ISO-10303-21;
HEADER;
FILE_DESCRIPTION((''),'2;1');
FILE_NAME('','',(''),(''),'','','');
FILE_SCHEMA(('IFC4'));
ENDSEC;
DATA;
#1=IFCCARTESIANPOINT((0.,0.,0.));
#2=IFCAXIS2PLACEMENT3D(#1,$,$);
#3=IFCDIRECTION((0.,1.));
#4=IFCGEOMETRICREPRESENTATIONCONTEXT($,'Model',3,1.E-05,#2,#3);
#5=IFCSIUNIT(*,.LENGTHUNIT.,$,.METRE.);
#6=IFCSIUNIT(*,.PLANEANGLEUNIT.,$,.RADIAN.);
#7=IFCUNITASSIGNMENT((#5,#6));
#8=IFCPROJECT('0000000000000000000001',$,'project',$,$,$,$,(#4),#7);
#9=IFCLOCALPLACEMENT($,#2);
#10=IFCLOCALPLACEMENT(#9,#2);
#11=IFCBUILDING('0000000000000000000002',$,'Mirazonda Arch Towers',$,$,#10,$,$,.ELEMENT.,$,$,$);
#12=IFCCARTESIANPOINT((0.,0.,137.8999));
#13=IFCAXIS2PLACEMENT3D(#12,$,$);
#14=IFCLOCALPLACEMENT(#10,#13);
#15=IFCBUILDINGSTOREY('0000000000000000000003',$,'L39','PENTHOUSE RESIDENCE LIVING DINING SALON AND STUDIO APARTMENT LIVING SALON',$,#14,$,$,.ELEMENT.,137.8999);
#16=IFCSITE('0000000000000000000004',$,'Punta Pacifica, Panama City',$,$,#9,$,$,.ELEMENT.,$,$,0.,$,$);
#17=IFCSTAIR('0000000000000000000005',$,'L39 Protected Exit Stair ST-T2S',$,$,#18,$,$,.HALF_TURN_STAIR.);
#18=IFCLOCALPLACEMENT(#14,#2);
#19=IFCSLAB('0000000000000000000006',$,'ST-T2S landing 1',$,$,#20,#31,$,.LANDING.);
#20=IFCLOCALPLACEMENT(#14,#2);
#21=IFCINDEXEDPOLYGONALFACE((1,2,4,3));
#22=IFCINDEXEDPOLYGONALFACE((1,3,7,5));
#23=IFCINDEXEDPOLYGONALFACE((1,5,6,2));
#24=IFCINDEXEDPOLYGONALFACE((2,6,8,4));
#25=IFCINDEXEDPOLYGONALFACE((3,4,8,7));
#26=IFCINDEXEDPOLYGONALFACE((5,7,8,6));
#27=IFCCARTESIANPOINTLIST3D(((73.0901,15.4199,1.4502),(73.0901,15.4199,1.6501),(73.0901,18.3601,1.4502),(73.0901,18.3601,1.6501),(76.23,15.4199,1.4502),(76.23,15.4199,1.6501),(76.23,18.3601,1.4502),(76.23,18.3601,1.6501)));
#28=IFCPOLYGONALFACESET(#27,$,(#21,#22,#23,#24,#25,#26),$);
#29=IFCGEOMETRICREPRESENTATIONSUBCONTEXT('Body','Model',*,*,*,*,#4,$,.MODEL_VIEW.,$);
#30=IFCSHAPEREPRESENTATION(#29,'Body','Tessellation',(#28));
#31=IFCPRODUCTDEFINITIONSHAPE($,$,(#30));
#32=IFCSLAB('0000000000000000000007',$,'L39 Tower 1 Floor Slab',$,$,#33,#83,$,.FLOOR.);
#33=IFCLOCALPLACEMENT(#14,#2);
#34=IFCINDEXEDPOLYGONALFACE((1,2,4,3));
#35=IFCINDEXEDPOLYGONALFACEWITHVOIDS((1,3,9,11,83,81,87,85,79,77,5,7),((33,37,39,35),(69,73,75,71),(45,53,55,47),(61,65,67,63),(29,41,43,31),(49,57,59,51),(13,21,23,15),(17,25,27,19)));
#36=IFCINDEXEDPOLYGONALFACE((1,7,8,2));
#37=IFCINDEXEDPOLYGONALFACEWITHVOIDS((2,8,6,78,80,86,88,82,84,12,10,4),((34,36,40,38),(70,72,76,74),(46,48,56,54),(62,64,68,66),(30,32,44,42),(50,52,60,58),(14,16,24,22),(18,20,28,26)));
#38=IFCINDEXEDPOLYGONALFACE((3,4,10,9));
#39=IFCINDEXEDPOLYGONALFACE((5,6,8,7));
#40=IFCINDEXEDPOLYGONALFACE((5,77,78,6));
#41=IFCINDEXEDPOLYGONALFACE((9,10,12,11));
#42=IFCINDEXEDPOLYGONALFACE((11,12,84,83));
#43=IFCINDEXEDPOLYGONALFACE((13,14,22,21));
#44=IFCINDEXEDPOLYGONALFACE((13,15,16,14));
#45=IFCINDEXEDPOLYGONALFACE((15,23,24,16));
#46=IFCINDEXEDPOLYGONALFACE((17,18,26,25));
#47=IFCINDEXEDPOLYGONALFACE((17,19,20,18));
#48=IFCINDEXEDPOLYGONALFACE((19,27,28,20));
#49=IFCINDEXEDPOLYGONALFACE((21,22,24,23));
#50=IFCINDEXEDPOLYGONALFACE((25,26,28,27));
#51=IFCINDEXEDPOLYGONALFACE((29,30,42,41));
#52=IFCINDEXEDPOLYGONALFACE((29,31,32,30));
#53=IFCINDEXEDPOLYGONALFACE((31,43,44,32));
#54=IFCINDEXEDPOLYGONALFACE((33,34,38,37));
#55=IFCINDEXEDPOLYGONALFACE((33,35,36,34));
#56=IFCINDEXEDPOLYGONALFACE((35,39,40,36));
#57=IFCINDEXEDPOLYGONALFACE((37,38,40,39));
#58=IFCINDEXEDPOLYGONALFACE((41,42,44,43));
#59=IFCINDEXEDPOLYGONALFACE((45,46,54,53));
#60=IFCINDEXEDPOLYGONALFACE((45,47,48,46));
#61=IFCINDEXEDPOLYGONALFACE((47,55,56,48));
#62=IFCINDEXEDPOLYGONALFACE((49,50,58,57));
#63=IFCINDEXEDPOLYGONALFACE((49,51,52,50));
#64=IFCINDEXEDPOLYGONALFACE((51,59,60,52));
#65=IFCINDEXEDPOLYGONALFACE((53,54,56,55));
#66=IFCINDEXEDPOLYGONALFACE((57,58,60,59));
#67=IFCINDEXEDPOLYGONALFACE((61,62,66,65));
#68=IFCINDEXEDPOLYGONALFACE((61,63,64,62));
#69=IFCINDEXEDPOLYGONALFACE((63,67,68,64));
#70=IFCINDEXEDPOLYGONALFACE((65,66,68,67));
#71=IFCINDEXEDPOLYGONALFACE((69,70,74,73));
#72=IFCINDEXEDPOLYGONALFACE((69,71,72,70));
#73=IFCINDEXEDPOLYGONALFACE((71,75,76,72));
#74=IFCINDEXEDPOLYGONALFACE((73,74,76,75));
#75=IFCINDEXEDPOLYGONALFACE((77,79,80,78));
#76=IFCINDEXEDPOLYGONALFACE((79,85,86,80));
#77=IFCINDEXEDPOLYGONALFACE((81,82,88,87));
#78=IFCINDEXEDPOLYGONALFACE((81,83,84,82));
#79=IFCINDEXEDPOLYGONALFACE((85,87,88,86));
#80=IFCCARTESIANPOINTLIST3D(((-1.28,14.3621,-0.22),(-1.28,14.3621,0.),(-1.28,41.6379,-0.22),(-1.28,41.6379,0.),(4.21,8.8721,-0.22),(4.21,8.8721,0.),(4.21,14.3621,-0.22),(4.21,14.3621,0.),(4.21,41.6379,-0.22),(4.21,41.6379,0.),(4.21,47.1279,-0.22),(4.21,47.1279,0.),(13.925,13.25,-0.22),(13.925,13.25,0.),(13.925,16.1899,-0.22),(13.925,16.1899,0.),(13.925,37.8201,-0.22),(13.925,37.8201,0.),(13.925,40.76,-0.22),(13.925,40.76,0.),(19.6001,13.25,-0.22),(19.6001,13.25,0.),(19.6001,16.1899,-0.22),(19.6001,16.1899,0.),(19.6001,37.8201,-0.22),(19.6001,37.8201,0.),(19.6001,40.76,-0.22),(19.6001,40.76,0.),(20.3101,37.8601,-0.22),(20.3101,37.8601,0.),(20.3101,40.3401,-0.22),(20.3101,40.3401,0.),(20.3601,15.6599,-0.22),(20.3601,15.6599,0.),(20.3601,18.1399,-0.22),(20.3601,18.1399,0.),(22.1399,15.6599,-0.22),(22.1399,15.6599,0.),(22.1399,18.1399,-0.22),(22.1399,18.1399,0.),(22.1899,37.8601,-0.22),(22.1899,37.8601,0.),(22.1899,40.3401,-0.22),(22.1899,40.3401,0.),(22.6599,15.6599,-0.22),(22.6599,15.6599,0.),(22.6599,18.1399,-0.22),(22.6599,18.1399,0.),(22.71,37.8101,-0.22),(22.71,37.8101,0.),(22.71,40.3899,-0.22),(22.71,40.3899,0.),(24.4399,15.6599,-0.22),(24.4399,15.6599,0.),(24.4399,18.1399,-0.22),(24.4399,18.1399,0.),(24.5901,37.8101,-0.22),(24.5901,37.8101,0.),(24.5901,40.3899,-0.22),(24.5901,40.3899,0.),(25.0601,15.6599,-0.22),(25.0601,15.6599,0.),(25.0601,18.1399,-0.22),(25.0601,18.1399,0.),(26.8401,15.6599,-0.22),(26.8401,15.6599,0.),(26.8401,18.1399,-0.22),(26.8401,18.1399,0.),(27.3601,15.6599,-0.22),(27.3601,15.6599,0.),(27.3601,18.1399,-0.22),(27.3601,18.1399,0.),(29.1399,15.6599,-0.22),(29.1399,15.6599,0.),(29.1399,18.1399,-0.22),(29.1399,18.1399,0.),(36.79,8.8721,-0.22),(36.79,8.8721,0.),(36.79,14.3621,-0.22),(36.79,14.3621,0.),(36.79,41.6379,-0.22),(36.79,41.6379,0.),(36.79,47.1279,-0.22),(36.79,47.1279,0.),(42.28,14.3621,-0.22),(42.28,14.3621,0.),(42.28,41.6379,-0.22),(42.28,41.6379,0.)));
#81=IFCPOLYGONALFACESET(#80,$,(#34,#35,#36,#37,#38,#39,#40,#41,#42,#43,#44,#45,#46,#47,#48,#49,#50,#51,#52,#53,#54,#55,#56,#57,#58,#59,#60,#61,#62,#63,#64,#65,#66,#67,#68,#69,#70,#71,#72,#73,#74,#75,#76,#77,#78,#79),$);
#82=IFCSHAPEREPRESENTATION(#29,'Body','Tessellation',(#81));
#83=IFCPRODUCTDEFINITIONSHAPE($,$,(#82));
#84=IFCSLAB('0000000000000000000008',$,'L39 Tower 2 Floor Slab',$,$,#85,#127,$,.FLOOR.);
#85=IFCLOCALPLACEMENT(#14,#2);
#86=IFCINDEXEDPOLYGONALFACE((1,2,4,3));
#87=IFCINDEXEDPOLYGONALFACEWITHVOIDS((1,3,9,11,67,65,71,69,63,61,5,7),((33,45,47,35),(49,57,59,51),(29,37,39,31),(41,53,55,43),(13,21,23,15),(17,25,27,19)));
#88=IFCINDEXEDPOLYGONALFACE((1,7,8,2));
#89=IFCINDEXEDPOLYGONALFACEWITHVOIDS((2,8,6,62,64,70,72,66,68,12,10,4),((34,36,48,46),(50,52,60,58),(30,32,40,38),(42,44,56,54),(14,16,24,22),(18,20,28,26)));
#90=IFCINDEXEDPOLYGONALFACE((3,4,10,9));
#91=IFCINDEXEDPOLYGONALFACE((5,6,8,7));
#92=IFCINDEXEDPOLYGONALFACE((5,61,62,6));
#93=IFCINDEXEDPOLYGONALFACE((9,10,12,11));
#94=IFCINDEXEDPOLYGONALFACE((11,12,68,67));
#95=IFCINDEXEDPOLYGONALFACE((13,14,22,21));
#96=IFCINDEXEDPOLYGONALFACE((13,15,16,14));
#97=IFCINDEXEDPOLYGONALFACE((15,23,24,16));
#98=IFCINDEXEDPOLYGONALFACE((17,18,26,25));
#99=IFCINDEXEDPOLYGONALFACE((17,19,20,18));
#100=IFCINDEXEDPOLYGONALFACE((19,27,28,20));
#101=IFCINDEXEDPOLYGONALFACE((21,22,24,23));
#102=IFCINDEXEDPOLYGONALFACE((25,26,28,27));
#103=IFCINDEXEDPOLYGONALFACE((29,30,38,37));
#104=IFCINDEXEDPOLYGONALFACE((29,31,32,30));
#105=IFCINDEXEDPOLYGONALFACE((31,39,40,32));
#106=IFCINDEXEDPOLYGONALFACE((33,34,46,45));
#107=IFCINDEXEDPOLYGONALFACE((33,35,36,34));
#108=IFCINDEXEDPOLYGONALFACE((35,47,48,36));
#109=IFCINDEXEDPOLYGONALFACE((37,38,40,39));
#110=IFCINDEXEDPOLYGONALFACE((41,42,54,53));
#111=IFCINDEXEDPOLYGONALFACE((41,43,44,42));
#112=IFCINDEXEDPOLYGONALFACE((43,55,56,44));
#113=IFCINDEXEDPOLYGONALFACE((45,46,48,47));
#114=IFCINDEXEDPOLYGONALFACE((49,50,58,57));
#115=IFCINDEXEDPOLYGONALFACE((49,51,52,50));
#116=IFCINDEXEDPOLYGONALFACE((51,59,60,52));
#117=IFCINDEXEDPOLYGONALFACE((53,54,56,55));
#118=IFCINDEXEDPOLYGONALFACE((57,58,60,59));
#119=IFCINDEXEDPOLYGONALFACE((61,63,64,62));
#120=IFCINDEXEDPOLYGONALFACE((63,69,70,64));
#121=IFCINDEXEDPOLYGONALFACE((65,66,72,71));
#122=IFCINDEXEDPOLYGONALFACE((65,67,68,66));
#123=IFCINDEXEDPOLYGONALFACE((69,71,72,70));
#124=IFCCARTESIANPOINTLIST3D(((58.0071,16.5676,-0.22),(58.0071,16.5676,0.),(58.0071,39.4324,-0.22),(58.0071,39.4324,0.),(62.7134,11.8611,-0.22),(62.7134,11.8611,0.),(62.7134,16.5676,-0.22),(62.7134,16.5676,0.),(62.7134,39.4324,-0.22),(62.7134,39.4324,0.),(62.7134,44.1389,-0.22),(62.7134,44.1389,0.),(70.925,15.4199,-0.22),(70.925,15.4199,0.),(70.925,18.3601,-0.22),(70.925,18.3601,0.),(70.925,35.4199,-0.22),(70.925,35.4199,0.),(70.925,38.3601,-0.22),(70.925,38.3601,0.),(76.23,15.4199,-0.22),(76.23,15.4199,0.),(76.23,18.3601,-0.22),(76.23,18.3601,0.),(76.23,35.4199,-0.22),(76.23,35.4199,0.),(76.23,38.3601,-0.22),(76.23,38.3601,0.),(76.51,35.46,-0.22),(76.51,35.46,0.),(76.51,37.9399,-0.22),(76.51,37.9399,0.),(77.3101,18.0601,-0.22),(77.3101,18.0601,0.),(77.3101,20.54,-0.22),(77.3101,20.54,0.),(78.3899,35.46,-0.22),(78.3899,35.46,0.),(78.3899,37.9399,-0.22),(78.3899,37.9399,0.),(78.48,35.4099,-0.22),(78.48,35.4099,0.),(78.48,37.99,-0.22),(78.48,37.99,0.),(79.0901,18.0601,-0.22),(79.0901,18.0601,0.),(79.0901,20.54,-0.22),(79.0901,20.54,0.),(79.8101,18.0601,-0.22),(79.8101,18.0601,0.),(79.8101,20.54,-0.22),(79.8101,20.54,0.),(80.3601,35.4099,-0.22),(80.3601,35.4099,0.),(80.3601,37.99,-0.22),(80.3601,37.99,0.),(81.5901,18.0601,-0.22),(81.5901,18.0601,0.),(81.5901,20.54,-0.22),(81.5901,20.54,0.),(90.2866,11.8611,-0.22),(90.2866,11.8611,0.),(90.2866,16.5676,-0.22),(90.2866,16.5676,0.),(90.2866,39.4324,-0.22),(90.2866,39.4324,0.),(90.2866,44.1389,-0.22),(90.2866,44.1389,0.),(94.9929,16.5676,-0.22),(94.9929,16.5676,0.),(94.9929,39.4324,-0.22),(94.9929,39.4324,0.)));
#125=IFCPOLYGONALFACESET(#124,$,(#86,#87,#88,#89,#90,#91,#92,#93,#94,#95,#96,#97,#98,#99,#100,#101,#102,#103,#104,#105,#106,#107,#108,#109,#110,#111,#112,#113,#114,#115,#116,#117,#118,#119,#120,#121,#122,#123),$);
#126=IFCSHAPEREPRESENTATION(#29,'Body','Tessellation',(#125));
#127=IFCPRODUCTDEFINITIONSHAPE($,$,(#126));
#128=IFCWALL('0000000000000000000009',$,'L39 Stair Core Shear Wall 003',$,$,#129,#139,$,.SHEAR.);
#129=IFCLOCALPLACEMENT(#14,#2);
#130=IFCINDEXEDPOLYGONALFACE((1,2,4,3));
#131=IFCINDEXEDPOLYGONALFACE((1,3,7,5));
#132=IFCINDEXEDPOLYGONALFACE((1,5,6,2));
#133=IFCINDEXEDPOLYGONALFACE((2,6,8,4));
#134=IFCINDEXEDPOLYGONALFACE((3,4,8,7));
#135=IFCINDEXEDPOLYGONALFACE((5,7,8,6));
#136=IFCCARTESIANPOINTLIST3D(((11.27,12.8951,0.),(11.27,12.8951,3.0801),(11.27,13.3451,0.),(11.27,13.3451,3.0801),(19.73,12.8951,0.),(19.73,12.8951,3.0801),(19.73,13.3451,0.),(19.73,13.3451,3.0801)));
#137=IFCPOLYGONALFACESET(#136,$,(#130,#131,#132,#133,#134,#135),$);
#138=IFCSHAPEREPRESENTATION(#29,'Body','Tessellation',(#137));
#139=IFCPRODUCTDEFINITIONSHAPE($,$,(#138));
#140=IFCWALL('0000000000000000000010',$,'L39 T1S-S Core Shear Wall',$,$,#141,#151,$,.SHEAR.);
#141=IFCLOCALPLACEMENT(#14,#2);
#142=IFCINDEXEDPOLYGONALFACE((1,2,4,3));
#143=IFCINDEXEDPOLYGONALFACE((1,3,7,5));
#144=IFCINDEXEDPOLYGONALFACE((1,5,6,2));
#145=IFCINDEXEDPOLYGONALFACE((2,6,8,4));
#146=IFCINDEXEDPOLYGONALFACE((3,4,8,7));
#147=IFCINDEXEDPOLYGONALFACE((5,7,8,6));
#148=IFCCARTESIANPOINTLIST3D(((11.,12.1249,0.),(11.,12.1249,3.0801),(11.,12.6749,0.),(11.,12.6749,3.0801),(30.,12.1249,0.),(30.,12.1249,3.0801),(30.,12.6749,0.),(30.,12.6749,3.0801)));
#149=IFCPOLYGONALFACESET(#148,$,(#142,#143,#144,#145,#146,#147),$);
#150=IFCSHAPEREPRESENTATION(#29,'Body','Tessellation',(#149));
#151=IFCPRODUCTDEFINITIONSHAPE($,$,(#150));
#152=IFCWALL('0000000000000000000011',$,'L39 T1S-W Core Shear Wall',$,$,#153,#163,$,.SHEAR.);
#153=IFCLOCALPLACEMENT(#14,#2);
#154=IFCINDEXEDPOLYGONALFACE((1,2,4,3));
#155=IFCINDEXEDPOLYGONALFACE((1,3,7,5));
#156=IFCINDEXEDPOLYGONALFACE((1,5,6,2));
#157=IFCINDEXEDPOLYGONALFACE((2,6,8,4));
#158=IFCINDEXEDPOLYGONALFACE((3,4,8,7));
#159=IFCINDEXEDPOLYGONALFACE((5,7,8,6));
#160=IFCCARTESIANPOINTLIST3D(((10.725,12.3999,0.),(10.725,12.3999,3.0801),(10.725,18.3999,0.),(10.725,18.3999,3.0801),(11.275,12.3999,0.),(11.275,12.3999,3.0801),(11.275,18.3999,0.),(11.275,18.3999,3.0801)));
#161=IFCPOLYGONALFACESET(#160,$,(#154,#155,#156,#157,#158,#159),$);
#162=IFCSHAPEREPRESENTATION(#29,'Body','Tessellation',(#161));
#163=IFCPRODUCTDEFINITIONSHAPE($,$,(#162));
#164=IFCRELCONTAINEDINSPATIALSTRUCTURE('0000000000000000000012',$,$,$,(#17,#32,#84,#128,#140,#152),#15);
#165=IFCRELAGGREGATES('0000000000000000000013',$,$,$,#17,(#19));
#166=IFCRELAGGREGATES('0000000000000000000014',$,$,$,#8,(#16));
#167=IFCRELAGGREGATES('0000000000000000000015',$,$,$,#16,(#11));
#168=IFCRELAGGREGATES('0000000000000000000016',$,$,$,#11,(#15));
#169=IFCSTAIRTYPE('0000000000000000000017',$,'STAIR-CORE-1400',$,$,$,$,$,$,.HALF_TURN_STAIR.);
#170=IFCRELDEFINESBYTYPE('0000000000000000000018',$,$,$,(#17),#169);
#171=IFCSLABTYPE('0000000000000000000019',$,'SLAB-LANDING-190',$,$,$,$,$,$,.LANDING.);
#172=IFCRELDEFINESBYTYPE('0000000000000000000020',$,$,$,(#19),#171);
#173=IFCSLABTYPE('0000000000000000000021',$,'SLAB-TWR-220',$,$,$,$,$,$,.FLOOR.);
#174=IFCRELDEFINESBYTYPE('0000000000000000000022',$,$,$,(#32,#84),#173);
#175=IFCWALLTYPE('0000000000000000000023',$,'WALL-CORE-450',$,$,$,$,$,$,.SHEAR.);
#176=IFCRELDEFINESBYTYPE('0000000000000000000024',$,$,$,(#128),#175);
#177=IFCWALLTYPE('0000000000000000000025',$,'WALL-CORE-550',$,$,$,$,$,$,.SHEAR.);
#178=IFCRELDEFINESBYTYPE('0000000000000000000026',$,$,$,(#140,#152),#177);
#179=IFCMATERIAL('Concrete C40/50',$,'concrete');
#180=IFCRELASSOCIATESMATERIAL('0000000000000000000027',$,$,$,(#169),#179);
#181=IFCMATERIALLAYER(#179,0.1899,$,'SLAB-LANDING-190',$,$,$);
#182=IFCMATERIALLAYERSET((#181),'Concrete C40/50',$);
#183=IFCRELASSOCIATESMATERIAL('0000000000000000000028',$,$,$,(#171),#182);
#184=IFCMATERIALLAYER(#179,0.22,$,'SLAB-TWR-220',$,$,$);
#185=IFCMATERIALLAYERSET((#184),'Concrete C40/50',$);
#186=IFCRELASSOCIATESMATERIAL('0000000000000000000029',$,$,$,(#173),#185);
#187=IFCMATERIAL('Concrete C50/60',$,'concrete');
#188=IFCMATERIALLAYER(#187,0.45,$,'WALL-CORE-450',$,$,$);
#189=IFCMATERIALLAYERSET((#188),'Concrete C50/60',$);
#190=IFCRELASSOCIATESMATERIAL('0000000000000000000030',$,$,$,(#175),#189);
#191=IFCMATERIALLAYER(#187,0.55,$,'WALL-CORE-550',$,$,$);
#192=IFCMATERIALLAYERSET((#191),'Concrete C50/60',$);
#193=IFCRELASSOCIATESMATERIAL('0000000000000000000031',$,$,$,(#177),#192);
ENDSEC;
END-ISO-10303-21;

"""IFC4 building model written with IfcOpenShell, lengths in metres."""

from ifc_helpers import new_model, si_unit, direction, frame, frame_2d, origin, place, context, subcontext, project, spatial, polyline, rectangle, outline, extrude, material, layer, layer_set, type_object, element, aggregate, save


model = new_model("IFC4")

# Units and contexts
model_context = context("Model", 3, precision=1e-05, world=origin(), true_north=direction((0.0, 1.0)))
body_context = subcontext(model_context, "Body", "Model", "MODEL_VIEW")
ifc_project = project(units=[si_unit("LENGTHUNIT", "METRE"), si_unit("PLANEANGLEUNIT", "RADIAN")], contexts=[model_context])

# Site, building, storey
site_placement = place(None, origin())
site = spatial("IfcSite", under=ifc_project, at=site_placement, Name="Punta Pacifica, Panama City", CompositionType="ELEMENT", RefElevation=0.0)
building_placement = place(site_placement, origin())
building = spatial("IfcBuilding", under=site, at=building_placement, Name="Mirazonda Arch Towers", CompositionType="ELEMENT")
storey_placement = place(building_placement, frame((0.0, 0.0, 137.8999)))
storey = spatial("IfcBuildingStorey", under=building, at=storey_placement, Name="L39", Description="PENTHOUSE RESIDENCE LIVING DINING SALON AND STUDIO APARTMENT LIVING SALON", CompositionType="ELEMENT", Elevation=137.8999)

# Shared definitions
ifc_material_1 = material(Name="Concrete C50/60", Category="concrete")

# Stair, slab
ifc_material_2 = material(Name="Concrete C40/50", Category="concrete")
stair_type = type_object("IfcStairType", Name="STAIR-CORE-1400", PredefinedType="HALF_TURN_STAIR", material=ifc_material_2)
ifc_layer_1 = layer(ifc_material_2, 0.1899, Name="SLAB-LANDING-190")
ifc_layer_set_1 = layer_set([ifc_layer_1], Name="Concrete C40/50")
slab_type_1 = type_object("IfcSlabType", Name="SLAB-LANDING-190", PredefinedType="LANDING", material=ifc_layer_set_1)
stair_1_placement = place(storey_placement, origin())
stair_1 = element("IfcStair", 1, at=stair_1_placement, inside=storey, type_object=stair_type, Name="L39 Protected Exit Stair ST-T2S", PredefinedType="HALF_TURN_STAIR")
slab_1_placement = place(storey_placement, frame((0.0, 0.0, 1.4502)))
slab_1 = element("IfcSlab", 2, at=slab_1_placement, type_object=slab_type_1, Name="ST-T2S landing 1", PredefinedType="LANDING", context=body_context, shape_type="SweptSolid", body=[
    extrude(outline(polyline([(73.0901, 15.4199), (76.23, 15.4199), (76.23, 18.3601), (73.0901, 18.3601), (73.0901, 15.4199)])), origin(), (0.0, 0.0, 1.0), 0.2),
])
aggregate(stair_1, [slab_1])

# Slabs
ifc_layer_2 = layer(ifc_material_2, 0.22, Name="SLAB-TWR-220")
ifc_layer_set_2 = layer_set([ifc_layer_2], Name="Concrete C40/50")
slab_type_2 = type_object("IfcSlabType", Name="SLAB-TWR-220", PredefinedType="FLOOR", material=ifc_layer_set_2)
slab_2_placement = place(storey_placement, frame((0.0, 0.0, -0.22)))
element("IfcSlab", 3, at=slab_2_placement, inside=storey, type_object=slab_type_2, Name="L39 Tower 1 Floor Slab", PredefinedType="FLOOR", context=body_context, shape_type="SweptSolid", body=[
    extrude(outline(polyline([(4.21, 8.8721), (36.79, 8.8721), (36.79, 14.3621), (42.28, 14.3621), (42.28, 41.6379), (36.79, 41.6379), (36.79, 47.1279), (4.21, 47.1279), (4.21, 41.6379), (-1.28, 41.6379), (-1.28, 14.3621), (4.21, 14.3621), (4.21, 8.8721)]), holes=[polyline([(27.3601, 18.1399), (29.1399, 18.1399), (29.1399, 15.6599), (27.3601, 15.6599), (27.3601, 18.1399)]), polyline([(25.0601, 18.1399), (26.8401, 18.1399), (26.8401, 15.6599), (25.0601, 15.6599), (25.0601, 18.1399)]), polyline([(22.71, 40.3899), (24.5901, 40.3899), (24.5901, 37.8101), (22.71, 37.8101), (22.71, 40.3899)]), polyline([(22.6599, 18.1399), (24.4399, 18.1399), (24.4399, 15.6599), (22.6599, 15.6599), (22.6599, 18.1399)]), polyline([(20.3101, 40.3401), (22.1899, 40.3401), (22.1899, 37.8601), (20.3101, 37.8601), (20.3101, 40.3401)]), polyline([(20.3601, 18.1399), (22.1399, 18.1399), (22.1399, 15.6599), (20.3601, 15.6599), (20.3601, 18.1399)]), polyline([(13.925, 13.25), (13.925, 16.1899), (19.6001, 16.1899), (19.6001, 13.25), (13.925, 13.25)]), polyline([(13.925, 37.8201), (13.925, 40.76), (19.6001, 40.76), (19.6001, 37.8201), (13.925, 37.8201)])]), origin(), (0.0, 0.0, 1.0), 0.22),
])
slab_3_placement = place(storey_placement, frame((0.0, 0.0, -0.22)))
element("IfcSlab", 4, at=slab_3_placement, inside=storey, type_object=slab_type_2, Name="L39 Tower 2 Floor Slab", PredefinedType="FLOOR", context=body_context, shape_type="SweptSolid", body=[
    extrude(outline(polyline([(62.7134, 11.8611), (90.2866, 11.8611), (90.2866, 16.5676), (94.9929, 16.5676), (94.9929, 39.4324), (90.2866, 39.4324), (90.2866, 44.1389), (62.7134, 44.1389), (62.7134, 39.4324), (58.0071, 39.4324), (58.0071, 16.5676), (62.7134, 16.5676), (62.7134, 11.8611)]), holes=[polyline([(79.8101, 20.54), (81.5901, 20.54), (81.5901, 18.0601), (79.8101, 18.0601), (79.8101, 20.54)]), polyline([(78.48, 37.99), (80.3601, 37.99), (80.3601, 35.4099), (78.48, 35.4099), (78.48, 37.99)]), polyline([(77.3101, 20.54), (79.0901, 20.54), (79.0901, 18.0601), (77.3101, 18.0601), (77.3101, 20.54)]), polyline([(76.51, 35.46), (76.51, 37.9399), (78.3899, 37.9399), (78.3899, 35.46), (76.51, 35.46)]), polyline([(76.23, 15.4199), (70.925, 15.4199), (70.925, 18.3601), (76.23, 18.3601), (76.23, 15.4199)]), polyline([(70.925, 35.4199), (70.925, 38.3601), (76.23, 38.3601), (76.23, 35.4199), (70.925, 35.4199)])]), origin(), (0.0, 0.0, 1.0), 0.22),
])

# Walls
ifc_layer_3 = layer(ifc_material_1, 0.45, Name="WALL-CORE-450")
ifc_layer_set_3 = layer_set([ifc_layer_3], Name="Concrete C50/60")
wall_type_1 = type_object("IfcWallType", Name="WALL-CORE-450", PredefinedType="SHEAR", material=ifc_layer_set_3)
wall_1_placement = place(storey_placement, frame((11.27, 13.1201, 0.0), z_axis=(0.0, 0.0, 1.0), x_axis=(1.0, 0.0, 0.0)))
element("IfcWall", 5, at=wall_1_placement, inside=storey, type_object=wall_type_1, Name="L39 Stair Core Shear Wall 003", PredefinedType="SHEAR", context=body_context, shape_type="SweptSolid", body=[
    extrude(rectangle(XDim=8.46, YDim=0.45, at=frame_2d((4.23, 0.0))), origin(), (0.0, 0.0, 1.0), 3.0801),
])
ifc_layer_4 = layer(ifc_material_1, 0.55, Name="WALL-CORE-550")
ifc_layer_set_4 = layer_set([ifc_layer_4], Name="Concrete C50/60")
wall_type_2 = type_object("IfcWallType", Name="WALL-CORE-550", PredefinedType="SHEAR", material=ifc_layer_set_4)
wall_2_placement = place(storey_placement, frame((11.0, 12.3999, 0.0), z_axis=(0.0, 0.0, 1.0), x_axis=(1.0, 0.0, 0.0)))
element("IfcWall", 6, at=wall_2_placement, inside=storey, type_object=wall_type_2, Name="L39 T1S-S Core Shear Wall", PredefinedType="SHEAR", context=body_context, shape_type="SweptSolid", body=[
    extrude(rectangle(XDim=19.0, YDim=0.55, at=frame_2d((9.5, 0.0))), origin(), (0.0, 0.0, 1.0), 3.0801),
])
wall_3_placement = place(storey_placement, frame((11.0, 12.3999, 0.0), z_axis=(0.0, 0.0, 1.0), x_axis=(0.0, 1.0, 0.0)))
element("IfcWall", 7, at=wall_3_placement, inside=storey, type_object=wall_type_2, Name="L39 T1S-W Core Shear Wall", PredefinedType="SHEAR", context=body_context, shape_type="SweptSolid", body=[
    extrude(rectangle(XDim=6.0, YDim=0.55, at=frame_2d((3.0, 0.0))), origin(), (0.0, 0.0, 1.0), 3.0801),
])

save(model, "model.ifc")
